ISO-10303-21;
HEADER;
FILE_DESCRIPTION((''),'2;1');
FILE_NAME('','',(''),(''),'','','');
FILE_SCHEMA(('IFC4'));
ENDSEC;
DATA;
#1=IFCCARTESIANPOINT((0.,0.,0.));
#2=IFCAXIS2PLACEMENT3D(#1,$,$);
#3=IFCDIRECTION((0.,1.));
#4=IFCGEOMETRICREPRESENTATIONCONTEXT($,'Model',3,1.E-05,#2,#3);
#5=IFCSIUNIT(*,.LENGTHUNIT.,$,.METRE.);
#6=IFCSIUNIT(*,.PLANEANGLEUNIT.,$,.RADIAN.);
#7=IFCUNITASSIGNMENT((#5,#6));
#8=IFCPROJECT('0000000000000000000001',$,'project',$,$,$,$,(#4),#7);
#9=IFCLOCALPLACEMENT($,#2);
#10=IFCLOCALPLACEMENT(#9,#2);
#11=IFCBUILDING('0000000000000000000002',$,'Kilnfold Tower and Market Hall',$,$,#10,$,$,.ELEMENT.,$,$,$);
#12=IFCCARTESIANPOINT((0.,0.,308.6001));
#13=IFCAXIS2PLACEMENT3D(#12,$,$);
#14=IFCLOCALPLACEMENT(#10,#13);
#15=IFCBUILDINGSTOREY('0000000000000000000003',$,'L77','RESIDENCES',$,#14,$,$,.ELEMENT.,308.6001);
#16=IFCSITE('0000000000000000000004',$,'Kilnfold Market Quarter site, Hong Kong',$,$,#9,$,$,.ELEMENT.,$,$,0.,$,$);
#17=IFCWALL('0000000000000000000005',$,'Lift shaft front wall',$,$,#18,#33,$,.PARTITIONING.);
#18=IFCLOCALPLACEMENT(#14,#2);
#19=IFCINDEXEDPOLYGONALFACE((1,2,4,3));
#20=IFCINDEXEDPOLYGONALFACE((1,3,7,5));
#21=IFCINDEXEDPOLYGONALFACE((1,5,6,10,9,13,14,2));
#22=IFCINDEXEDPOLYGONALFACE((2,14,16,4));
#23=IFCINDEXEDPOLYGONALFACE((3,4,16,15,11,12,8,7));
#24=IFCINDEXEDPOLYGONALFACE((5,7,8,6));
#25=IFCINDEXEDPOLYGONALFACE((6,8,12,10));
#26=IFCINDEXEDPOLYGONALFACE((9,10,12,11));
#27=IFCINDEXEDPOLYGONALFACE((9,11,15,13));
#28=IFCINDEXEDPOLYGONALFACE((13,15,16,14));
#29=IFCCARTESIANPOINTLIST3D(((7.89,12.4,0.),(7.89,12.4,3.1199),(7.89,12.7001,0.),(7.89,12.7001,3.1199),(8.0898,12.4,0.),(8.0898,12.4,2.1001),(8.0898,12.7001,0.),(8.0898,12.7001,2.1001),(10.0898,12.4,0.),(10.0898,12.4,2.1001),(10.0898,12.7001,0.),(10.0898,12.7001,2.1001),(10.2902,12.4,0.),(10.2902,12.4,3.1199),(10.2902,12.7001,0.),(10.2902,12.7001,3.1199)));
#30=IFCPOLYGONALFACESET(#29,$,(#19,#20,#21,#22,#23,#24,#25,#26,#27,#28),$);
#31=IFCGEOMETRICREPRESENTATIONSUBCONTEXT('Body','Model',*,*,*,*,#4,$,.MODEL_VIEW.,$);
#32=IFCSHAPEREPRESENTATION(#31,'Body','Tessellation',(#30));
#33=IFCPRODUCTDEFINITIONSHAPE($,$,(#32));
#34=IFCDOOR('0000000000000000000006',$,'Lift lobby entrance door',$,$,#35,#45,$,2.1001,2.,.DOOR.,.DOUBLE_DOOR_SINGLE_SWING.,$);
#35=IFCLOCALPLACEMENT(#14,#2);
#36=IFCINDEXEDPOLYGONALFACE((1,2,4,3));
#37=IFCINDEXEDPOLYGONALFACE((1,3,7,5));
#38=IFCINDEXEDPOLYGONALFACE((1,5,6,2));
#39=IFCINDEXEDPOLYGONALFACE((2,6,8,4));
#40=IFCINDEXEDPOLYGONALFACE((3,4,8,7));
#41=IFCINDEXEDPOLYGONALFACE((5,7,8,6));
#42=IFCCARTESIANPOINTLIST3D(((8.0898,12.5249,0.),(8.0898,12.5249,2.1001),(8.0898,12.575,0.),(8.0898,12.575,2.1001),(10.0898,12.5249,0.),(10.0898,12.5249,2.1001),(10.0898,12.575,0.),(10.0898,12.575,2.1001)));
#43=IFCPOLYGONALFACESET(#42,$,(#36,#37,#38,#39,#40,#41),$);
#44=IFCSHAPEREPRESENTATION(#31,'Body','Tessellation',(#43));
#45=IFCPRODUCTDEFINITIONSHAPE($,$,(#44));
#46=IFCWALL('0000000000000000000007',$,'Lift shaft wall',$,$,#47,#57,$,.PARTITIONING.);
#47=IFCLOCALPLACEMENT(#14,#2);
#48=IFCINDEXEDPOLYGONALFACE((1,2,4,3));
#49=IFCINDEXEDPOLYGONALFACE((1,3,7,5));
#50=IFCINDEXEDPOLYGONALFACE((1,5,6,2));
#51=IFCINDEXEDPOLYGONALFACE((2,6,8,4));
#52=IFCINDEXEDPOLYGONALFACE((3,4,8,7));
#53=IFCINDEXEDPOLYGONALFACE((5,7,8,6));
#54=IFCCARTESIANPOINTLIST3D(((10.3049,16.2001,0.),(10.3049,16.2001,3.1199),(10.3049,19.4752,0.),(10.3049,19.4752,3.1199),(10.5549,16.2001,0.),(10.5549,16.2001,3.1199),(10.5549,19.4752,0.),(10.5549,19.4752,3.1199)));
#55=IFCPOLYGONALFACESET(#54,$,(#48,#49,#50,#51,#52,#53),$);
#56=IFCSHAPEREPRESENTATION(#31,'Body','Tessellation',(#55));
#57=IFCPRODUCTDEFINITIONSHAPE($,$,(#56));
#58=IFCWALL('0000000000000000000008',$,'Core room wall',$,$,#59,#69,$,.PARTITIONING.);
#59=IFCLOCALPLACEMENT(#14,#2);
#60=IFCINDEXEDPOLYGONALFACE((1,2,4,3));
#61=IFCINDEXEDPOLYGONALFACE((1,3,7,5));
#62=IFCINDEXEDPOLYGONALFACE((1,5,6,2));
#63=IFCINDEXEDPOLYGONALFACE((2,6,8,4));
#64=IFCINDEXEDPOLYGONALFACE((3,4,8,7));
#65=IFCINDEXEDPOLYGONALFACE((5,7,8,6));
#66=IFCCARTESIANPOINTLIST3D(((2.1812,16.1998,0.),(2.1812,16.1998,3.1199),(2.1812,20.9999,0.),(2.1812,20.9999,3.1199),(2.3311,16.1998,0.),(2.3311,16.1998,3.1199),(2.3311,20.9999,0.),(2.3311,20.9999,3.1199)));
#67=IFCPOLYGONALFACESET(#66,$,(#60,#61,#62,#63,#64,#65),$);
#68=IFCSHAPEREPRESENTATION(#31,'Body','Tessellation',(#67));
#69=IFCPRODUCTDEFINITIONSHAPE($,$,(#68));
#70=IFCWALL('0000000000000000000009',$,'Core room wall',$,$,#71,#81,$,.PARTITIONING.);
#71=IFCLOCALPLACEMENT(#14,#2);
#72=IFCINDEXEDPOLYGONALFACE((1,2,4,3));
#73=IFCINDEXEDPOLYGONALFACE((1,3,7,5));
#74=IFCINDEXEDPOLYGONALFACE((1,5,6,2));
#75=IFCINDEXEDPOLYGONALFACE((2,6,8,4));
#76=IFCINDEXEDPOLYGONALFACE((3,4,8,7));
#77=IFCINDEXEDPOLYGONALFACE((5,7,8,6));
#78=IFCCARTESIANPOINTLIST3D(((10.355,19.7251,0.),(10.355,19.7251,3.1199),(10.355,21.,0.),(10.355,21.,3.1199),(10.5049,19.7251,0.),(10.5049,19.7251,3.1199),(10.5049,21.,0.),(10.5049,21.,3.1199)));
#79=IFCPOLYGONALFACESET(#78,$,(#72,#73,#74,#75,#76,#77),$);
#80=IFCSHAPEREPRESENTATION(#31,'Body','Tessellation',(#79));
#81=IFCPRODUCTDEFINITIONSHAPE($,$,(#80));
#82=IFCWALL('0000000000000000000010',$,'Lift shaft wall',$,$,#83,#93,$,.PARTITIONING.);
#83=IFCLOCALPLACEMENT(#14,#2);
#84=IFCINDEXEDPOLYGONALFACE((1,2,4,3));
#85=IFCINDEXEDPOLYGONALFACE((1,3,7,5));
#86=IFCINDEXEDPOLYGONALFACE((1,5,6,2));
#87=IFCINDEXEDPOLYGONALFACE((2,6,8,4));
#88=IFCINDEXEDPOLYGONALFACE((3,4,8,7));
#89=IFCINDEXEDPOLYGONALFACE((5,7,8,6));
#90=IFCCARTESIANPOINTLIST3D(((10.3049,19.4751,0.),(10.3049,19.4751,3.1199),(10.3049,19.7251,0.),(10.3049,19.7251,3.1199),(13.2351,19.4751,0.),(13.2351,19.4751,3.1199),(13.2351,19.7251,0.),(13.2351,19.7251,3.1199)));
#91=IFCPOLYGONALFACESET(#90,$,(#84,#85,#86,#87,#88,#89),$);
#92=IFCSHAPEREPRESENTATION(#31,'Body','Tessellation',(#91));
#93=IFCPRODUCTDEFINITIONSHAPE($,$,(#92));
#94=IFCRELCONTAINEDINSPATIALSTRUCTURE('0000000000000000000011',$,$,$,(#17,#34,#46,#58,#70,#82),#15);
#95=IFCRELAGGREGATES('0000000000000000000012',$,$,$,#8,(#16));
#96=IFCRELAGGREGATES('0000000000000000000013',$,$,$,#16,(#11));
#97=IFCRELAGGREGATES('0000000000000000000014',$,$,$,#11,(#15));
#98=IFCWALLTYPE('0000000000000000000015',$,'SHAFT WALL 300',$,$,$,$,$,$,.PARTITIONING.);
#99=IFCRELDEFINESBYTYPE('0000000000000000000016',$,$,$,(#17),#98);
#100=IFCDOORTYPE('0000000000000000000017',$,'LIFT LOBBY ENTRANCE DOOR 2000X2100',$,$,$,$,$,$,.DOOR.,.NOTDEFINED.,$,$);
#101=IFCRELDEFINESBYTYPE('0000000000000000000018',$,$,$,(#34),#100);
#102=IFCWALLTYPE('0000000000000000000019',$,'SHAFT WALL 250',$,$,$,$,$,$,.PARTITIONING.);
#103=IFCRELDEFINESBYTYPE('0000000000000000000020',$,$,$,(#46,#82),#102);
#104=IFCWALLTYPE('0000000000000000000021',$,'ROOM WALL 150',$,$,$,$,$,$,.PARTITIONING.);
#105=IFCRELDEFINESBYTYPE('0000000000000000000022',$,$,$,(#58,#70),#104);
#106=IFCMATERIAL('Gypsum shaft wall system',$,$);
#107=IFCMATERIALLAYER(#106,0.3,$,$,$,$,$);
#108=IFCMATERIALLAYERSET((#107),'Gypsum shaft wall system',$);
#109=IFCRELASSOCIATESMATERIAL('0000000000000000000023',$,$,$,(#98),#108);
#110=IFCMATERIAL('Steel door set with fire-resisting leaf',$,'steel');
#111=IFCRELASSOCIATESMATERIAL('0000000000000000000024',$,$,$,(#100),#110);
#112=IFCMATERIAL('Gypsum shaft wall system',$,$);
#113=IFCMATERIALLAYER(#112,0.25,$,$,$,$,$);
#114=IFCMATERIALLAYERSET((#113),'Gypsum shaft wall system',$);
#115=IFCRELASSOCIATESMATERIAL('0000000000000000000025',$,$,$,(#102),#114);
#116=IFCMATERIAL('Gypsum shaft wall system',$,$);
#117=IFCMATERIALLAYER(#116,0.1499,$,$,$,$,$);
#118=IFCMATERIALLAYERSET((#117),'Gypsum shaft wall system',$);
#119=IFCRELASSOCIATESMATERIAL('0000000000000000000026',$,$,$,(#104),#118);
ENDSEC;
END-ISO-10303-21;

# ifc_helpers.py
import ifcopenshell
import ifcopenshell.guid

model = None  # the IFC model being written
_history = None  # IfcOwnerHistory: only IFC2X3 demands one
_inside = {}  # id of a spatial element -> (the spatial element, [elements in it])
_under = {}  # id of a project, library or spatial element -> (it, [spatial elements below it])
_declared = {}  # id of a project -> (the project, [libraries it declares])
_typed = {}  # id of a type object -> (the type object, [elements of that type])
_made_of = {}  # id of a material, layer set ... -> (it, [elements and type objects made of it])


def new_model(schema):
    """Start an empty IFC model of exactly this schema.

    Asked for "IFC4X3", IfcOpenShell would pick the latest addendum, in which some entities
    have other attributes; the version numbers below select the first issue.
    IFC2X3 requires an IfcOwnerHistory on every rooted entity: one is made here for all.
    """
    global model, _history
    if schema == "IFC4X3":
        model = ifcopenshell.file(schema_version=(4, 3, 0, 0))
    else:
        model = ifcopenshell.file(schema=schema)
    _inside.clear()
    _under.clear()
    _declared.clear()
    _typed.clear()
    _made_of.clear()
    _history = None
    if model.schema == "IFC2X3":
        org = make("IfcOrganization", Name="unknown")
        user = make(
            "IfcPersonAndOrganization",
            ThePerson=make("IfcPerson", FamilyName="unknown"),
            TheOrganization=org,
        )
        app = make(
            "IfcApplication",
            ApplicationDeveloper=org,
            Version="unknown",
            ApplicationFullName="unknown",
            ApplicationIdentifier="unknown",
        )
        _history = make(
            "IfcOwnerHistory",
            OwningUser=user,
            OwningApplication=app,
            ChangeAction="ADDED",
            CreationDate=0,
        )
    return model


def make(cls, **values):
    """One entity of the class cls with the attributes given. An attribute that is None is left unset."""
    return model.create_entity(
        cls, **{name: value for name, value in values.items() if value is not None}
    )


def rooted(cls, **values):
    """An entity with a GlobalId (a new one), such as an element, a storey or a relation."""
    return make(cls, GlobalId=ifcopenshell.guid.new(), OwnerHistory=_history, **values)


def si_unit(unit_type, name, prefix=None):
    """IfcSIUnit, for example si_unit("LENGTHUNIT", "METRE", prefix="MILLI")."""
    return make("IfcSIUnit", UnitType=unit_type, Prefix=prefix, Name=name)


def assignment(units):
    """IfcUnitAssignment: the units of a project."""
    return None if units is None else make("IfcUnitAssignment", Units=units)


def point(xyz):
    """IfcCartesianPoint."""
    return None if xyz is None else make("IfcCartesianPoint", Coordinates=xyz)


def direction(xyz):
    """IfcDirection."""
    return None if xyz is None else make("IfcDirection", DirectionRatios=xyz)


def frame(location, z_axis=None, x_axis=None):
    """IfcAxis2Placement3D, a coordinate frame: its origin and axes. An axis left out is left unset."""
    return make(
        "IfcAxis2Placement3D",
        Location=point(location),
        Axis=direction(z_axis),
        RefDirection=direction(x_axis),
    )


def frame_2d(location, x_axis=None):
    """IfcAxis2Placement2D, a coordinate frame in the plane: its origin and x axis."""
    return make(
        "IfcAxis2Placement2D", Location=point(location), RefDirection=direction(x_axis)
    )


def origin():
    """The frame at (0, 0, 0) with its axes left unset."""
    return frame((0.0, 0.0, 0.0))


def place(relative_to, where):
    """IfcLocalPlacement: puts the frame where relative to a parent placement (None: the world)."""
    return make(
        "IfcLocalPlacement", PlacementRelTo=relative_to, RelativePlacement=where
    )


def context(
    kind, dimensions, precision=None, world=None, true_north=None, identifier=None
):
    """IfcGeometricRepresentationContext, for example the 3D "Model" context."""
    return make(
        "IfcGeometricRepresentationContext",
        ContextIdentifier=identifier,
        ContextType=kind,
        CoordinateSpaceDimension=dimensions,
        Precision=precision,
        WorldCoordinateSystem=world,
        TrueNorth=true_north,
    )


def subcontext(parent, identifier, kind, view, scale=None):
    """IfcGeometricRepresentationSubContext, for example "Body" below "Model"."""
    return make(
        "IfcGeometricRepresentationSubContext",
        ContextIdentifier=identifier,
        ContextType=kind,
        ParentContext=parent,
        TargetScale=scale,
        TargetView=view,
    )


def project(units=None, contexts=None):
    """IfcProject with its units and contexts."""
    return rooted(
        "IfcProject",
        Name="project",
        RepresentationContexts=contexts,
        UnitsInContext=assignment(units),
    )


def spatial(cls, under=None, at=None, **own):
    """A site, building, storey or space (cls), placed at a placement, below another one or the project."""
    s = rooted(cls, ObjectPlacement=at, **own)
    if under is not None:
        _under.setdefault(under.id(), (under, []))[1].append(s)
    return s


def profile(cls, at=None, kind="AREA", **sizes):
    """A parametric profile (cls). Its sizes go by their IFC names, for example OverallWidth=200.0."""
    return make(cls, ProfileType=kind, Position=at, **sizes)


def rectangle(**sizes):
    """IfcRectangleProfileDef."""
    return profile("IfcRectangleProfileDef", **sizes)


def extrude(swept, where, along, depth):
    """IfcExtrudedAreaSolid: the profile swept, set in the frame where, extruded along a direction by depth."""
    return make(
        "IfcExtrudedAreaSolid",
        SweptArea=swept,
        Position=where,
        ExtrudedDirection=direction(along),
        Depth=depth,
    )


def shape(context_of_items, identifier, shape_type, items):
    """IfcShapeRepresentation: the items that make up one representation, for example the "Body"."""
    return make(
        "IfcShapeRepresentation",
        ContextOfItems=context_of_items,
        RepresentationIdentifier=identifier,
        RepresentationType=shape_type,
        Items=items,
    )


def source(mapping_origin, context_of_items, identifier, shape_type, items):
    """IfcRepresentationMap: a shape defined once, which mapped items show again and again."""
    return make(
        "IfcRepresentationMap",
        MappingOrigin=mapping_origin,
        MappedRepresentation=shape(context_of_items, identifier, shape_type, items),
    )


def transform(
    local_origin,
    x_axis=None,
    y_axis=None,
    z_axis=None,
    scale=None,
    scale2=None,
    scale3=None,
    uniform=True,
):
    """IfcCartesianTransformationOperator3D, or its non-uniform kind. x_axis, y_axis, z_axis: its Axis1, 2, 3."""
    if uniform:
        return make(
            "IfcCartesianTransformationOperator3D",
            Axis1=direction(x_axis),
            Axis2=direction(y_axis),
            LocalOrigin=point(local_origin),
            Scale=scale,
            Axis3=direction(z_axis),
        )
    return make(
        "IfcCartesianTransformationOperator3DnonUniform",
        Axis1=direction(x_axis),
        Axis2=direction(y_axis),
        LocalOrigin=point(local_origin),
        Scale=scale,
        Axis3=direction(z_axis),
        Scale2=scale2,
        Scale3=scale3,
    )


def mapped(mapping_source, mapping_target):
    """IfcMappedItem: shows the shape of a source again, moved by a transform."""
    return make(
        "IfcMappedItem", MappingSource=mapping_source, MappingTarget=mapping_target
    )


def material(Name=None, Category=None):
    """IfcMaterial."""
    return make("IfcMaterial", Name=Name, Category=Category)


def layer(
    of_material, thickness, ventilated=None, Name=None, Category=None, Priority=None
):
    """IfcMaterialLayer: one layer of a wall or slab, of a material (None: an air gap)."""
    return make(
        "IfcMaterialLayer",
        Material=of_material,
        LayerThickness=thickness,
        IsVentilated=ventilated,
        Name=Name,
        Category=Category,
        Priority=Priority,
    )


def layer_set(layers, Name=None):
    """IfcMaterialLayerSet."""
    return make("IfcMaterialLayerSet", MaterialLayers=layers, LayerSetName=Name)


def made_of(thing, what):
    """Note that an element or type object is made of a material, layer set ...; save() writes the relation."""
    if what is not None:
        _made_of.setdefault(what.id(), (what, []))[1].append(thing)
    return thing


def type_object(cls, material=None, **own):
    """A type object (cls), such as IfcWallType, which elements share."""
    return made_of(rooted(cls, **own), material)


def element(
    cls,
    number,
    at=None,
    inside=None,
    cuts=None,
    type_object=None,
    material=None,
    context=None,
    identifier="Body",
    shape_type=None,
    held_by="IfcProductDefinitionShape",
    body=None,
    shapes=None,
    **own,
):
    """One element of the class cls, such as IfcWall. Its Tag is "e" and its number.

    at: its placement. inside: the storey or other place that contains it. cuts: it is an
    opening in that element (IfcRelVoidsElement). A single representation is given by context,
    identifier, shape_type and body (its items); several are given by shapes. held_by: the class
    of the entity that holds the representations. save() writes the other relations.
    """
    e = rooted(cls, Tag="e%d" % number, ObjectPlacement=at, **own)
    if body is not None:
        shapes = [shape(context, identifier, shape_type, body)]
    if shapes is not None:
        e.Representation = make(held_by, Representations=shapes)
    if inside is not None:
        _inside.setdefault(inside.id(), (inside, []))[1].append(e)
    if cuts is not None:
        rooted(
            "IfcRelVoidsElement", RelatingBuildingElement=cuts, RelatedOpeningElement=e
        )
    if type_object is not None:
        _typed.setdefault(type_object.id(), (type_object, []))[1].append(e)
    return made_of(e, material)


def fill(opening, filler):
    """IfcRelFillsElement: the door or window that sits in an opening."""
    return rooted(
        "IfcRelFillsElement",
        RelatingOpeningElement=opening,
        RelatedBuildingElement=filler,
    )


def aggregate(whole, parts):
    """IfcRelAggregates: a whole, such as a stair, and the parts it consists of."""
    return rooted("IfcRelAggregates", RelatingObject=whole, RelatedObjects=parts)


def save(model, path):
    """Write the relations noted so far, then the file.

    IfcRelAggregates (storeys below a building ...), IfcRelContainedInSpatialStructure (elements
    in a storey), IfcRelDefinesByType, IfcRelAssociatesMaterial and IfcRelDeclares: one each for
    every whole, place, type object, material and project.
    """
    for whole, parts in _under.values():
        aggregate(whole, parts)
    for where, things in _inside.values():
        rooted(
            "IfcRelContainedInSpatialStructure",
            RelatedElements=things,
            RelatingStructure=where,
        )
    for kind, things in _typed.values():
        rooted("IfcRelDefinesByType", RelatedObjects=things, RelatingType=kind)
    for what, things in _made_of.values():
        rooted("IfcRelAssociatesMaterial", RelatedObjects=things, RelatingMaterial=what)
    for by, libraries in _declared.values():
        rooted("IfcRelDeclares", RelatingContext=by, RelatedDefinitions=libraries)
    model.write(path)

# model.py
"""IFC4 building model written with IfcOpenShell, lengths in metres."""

from ifc_helpers import new_model, si_unit, direction, frame, frame_2d, origin, place, context, subcontext, project, spatial, rectangle, extrude, source, transform, mapped, material, layer, layer_set, type_object, element, fill, save


model = new_model("IFC4")

# Units and contexts
model_context = context("Model", 3, precision=1e-05, world=origin(), true_north=direction((0.0, 1.0)))
body_context = subcontext(model_context, "Body", "Model", "MODEL_VIEW")
ifc_project = project(units=[si_unit("LENGTHUNIT", "METRE"), si_unit("PLANEANGLEUNIT", "RADIAN")], contexts=[model_context])

# Site, building, storey
site_placement = place(None, origin())
site = spatial("IfcSite", under=ifc_project, at=site_placement, Name="Kilnfold Market Quarter site, Hong Kong", CompositionType="ELEMENT", RefElevation=0.0)
building_placement = place(site_placement, origin())
building = spatial("IfcBuilding", under=site, at=building_placement, Name="Kilnfold Tower and Market Hall", CompositionType="ELEMENT")
storey_placement = place(building_placement, frame((0.0, 0.0, 308.6001)))
storey = spatial("IfcBuildingStorey", under=building, at=storey_placement, Name="L77", Description="RESIDENCES", CompositionType="ELEMENT", Elevation=308.6001)

# Wall, opening, door
ifc_material_1 = material(Name="Gypsum shaft wall system")
ifc_layer_1 = layer(ifc_material_1, 0.3)
ifc_layer_set_1 = layer_set([ifc_layer_1], Name="Gypsum shaft wall system")
wall_type_1 = type_object("IfcWallType", Name="SHAFT WALL 300", PredefinedType="PARTITIONING", material=ifc_layer_set_1)
shared_shape_1 = source(origin(), body_context, "Body", "SweptSolid", [
    extrude(rectangle(XDim=2.4001, YDim=0.3, at=frame_2d((1.2002, 0.0))), origin(), (0.0, 0.0, 1.0), 3.1199),
])
wall_1_placement = place(storey_placement, frame((7.8899, 12.55, 0.0), z_axis=(0.0, 0.0, 1.0), x_axis=(1.0, 0.0, 0.0)))
wall_1 = element("IfcWall", 1, at=wall_1_placement, inside=storey, type_object=wall_type_1, Name="Lift shaft front wall", PredefinedType="PARTITIONING", context=body_context, shape_type="MappedRepresentation", body=[
    mapped(shared_shape_1, transform((0.0, 0.0, 0.0))),
])
opening_1_placement = place(wall_1_placement, frame((0.2, 0.0, 0.0)))
opening_1 = element("IfcOpeningElement", 2, at=opening_1_placement, cuts=wall_1, PredefinedType="OPENING", context=body_context, shape_type="SweptSolid", body=[
    extrude(rectangle(XDim=2.0, YDim=2.1001, at=frame_2d((1.0, 1.05))), frame((0.0, 0.1602, 0.0), z_axis=(0.0, -1.0, 0.0), x_axis=(1.0, 0.0, 0.0)), (0.0, 0.0, 1.0), 0.3201),
])
ifc_material_2 = material(Name="Steel door set with fire-resisting leaf", Category="steel")
door_type_1 = type_object("IfcDoorType", Name="LIFT LOBBY ENTRANCE DOOR 2000X2100", OperationType="NOTDEFINED", PredefinedType="DOOR", material=ifc_material_2)
door_1_placement = place(opening_1_placement, origin())
door_1 = element("IfcDoor", 3, at=door_1_placement, inside=storey, type_object=door_type_1, Name="Lift lobby entrance door", OperationType="DOUBLE_DOOR_SINGLE_SWING", OverallHeight=2.1001, OverallWidth=2.0, PredefinedType="DOOR", context=body_context, shape_type="SweptSolid", body=[
    extrude(rectangle(XDim=2.0, YDim=2.1001, at=frame_2d((1.0, 1.05))), frame((0.0, 0.0249, 0.0), z_axis=(0.0, -1.0, 0.0), x_axis=(1.0, 0.0, 0.0)), (0.0, 0.0, 1.0), 0.05),
])
fill(opening_1, door_1)

# Walls
ifc_material_3 = material(Name="Gypsum shaft wall system")
ifc_layer_2 = layer(ifc_material_3, 0.25)
ifc_layer_set_2 = layer_set([ifc_layer_2], Name="Gypsum shaft wall system")
wall_type_2 = type_object("IfcWallType", Name="SHAFT WALL 250", PredefinedType="PARTITIONING", material=ifc_layer_set_2)
shared_shape_2 = source(origin(), body_context, "Body", "SweptSolid", [
    extrude(rectangle(XDim=3.2751, YDim=0.25, at=frame_2d((1.6377, 0.0))), origin(), (0.0, 0.0, 1.0), 3.1199),
])
wall_2_placement = place(storey_placement, frame((10.4299, 16.2, 0.0), z_axis=(0.0, 0.0, 1.0), x_axis=(0.0, 1.0, 0.0)))
element("IfcWall", 4, at=wall_2_placement, inside=storey, type_object=wall_type_2, Name="Lift shaft wall", PredefinedType="PARTITIONING", context=body_context, shape_type="MappedRepresentation", body=[
    mapped(shared_shape_2, transform((0.0, 0.0, 0.0))),
])
ifc_material_4 = material(Name="Gypsum shaft wall system")
ifc_layer_3 = layer(ifc_material_4, 0.1499)
ifc_layer_set_3 = layer_set([ifc_layer_3], Name="Gypsum shaft wall system")
wall_type_3 = type_object("IfcWallType", Name="ROOM WALL 150", PredefinedType="PARTITIONING", material=ifc_layer_set_3)
shared_shape_3 = source(origin(), body_context, "Body", "SweptSolid", [
    extrude(rectangle(XDim=4.8, YDim=0.1499, at=frame_2d((2.3999, 0.0))), origin(), (0.0, 0.0, 1.0), 3.1199),
])
wall_3_placement = place(storey_placement, frame((2.2561, 16.2, 0.0), z_axis=(0.0, 0.0, 1.0), x_axis=(0.0, 1.0, 0.0)))
element("IfcWall", 5, at=wall_3_placement, inside=storey, type_object=wall_type_3, Name="Core room wall", PredefinedType="PARTITIONING", context=body_context, shape_type="MappedRepresentation", body=[
    mapped(shared_shape_3, transform((0.0, 0.0, 0.0))),
])
shared_shape_4 = source(origin(), body_context, "Body", "SweptSolid", [
    extrude(rectangle(XDim=1.2749, YDim=0.1499, at=frame_2d((0.6375, 0.0))), origin(), (0.0, 0.0, 1.0), 3.1199),
])
wall_4_placement = place(storey_placement, frame((10.4299, 19.7251, 0.0), z_axis=(0.0, 0.0, 1.0), x_axis=(0.0, 1.0, 0.0)))
element("IfcWall", 6, at=wall_4_placement, inside=storey, type_object=wall_type_3, Name="Core room wall", PredefinedType="PARTITIONING", context=body_context, shape_type="MappedRepresentation", body=[
    mapped(shared_shape_4, transform((0.0, 0.0, 0.0))),
])
shared_shape_5 = source(origin(), body_context, "Body", "SweptSolid", [
    extrude(rectangle(XDim=2.9302, YDim=0.25, at=frame_2d((1.4651, 0.0))), origin(), (0.0, 0.0, 1.0), 3.1199),
])
wall_5_placement = place(storey_placement, frame((10.3049, 19.6001, 0.0), z_axis=(0.0, 0.0, 1.0), x_axis=(1.0, 0.0, 0.0)))
element("IfcWall", 7, at=wall_5_placement, inside=storey, type_object=wall_type_2, Name="Lift shaft wall", PredefinedType="PARTITIONING", context=body_context, shape_type="MappedRepresentation", body=[
    mapped(shared_shape_5, transform((0.0, 0.0, 0.0))),
])

save(model, "model.ifc")
